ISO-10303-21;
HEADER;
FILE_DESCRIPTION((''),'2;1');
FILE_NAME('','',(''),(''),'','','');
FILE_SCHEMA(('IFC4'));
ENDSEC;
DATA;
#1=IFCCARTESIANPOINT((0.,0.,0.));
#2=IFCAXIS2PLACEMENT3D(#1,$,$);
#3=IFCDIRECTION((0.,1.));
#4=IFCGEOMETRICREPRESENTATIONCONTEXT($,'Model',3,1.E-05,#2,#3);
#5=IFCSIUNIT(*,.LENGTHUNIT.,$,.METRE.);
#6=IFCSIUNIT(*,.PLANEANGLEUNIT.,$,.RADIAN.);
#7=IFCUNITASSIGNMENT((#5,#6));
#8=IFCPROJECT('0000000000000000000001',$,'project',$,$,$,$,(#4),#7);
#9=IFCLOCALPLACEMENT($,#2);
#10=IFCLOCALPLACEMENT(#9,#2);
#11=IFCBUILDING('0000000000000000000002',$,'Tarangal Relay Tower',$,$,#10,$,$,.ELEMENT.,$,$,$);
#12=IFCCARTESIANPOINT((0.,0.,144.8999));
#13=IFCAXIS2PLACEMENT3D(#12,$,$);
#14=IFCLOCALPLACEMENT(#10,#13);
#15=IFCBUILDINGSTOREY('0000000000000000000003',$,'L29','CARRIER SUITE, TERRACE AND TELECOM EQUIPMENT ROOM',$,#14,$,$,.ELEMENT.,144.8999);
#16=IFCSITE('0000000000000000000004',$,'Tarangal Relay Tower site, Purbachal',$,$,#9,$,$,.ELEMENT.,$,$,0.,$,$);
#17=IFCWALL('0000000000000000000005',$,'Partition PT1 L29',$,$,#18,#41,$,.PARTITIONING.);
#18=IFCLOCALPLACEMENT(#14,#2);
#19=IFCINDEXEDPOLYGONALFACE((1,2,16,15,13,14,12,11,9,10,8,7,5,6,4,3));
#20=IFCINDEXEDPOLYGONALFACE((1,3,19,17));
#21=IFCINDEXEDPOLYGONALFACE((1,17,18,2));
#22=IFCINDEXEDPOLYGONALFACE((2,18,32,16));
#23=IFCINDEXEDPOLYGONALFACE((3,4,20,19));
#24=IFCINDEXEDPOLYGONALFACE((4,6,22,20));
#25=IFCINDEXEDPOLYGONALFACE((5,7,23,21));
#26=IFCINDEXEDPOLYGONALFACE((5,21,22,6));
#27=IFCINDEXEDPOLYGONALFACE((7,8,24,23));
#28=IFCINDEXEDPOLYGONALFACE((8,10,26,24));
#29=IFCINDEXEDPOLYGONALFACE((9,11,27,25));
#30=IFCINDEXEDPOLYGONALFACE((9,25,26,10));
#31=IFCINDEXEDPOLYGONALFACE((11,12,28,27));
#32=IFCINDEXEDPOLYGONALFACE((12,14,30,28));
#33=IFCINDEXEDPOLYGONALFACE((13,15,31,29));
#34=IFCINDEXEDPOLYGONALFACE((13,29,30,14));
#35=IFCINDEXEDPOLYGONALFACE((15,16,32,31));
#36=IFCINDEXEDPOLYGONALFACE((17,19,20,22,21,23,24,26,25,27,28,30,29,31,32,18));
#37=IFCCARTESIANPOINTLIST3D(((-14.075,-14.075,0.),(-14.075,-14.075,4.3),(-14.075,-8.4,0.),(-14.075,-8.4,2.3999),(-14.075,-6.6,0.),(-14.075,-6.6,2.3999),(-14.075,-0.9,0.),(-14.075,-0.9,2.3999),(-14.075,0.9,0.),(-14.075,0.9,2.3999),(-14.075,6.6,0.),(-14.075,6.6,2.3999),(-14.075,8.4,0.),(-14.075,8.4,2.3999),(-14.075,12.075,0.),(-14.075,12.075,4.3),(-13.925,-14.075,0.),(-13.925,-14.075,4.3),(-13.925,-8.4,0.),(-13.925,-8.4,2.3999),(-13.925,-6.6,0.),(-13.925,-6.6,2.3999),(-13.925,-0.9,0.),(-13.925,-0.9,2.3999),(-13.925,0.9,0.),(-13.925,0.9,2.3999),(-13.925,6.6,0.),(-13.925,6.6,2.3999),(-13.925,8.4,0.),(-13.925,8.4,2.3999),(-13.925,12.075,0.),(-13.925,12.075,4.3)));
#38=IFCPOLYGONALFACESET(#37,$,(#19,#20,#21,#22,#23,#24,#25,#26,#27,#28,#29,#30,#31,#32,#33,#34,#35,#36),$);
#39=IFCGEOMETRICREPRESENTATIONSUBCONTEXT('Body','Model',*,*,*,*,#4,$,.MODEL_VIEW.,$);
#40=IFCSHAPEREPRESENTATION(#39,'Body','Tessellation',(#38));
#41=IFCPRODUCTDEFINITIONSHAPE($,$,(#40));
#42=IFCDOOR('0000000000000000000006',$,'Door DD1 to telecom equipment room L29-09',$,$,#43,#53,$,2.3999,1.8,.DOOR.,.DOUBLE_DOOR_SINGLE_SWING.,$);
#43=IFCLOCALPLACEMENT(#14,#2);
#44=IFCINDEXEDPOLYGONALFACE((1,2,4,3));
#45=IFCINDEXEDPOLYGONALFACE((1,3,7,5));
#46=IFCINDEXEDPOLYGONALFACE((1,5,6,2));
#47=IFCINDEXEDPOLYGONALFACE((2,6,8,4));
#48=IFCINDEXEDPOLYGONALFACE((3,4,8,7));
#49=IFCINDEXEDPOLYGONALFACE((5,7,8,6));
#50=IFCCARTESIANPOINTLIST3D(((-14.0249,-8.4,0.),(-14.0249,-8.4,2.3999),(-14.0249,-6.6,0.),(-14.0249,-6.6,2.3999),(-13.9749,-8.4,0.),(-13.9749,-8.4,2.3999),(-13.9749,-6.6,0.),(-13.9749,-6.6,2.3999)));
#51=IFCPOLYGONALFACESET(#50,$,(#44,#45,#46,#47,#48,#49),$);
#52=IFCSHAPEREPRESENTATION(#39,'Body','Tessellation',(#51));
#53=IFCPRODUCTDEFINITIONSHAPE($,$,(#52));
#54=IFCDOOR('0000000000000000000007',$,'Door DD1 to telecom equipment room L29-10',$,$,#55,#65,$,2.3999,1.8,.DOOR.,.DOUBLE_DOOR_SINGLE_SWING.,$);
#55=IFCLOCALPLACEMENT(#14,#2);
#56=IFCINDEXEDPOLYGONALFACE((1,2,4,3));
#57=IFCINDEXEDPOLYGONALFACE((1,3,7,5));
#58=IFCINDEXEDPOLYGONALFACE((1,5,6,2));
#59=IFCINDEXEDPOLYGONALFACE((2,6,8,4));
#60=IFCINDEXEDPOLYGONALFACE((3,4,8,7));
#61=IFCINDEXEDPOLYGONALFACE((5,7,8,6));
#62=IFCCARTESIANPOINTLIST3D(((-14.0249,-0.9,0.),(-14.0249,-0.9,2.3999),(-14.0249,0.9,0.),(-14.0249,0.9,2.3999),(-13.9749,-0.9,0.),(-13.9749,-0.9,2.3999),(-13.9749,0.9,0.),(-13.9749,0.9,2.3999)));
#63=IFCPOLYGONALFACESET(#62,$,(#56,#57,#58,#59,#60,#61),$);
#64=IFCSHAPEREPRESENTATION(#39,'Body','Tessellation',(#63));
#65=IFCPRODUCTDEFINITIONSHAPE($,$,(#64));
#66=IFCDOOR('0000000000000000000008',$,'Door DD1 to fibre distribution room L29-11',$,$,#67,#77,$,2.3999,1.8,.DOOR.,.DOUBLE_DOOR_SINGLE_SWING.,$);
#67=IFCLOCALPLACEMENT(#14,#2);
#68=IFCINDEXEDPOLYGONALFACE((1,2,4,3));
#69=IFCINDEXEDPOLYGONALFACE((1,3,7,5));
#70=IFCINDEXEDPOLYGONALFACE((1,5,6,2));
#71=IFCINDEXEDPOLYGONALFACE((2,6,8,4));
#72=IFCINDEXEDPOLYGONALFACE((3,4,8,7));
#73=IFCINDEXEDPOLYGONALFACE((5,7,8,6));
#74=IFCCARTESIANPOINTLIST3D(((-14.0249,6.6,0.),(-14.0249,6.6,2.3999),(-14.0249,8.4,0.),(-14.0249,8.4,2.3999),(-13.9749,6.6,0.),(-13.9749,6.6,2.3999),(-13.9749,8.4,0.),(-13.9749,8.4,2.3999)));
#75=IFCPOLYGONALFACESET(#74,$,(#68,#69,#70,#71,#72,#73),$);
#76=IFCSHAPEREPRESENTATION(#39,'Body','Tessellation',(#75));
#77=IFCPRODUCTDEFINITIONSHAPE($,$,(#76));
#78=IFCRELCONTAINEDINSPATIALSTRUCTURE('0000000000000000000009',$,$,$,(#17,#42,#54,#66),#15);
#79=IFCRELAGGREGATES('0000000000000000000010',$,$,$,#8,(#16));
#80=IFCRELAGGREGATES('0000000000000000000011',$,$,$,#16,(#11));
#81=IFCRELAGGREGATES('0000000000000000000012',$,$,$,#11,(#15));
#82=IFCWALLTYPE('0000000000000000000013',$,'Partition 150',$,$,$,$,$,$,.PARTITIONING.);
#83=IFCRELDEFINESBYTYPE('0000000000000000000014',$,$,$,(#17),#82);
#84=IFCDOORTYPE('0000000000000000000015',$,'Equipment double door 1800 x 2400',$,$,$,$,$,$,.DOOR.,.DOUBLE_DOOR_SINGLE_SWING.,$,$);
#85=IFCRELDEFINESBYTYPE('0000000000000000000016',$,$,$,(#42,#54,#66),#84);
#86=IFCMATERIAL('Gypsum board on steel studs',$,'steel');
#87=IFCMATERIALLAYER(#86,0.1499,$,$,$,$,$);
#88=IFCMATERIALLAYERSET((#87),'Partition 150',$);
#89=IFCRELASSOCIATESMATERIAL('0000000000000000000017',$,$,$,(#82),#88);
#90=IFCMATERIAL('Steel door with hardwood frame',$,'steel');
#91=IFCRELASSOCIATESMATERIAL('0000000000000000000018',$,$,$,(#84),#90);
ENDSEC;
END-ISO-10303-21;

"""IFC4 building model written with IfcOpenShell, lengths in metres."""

from ifc_helpers import new_model, si_unit, direction, frame, frame_2d, origin, place, context, subcontext, project, spatial, rectangle, extrude, material, layer, layer_set, type_object, element, fill, save


model = new_model("IFC4")

# Units and contexts
model_context = context("Model", 3, precision=1e-05, world=origin(), true_north=direction((0.0, 1.0)))
body_context = subcontext(model_context, "Body", "Model", "MODEL_VIEW")
ifc_project = project(units=[si_unit("LENGTHUNIT", "METRE"), si_unit("PLANEANGLEUNIT", "RADIAN")], contexts=[model_context])

# Site, building, storey
site_placement = place(None, origin())
site = spatial("IfcSite", under=ifc_project, at=site_placement, Name="Tarangal Relay Tower site, Purbachal", CompositionType="ELEMENT", RefElevation=0.0)
building_placement = place(site_placement, origin())
building = spatial("IfcBuilding", under=site, at=building_placement, Name="Tarangal Relay Tower", CompositionType="ELEMENT")
storey_placement = place(building_placement, frame((0.0, 0.0, 144.8999)))
storey = spatial("IfcBuildingStorey", under=building, at=storey_placement, Name="L29", Description="CARRIER SUITE, TERRACE AND TELECOM EQUIPMENT ROOM", CompositionType="ELEMENT", Elevation=144.8999)

# Wall, openings, doors
ifc_material_1 = material(Name="Gypsum board on steel studs", Category="steel")
ifc_layer_1 = layer(ifc_material_1, 0.1499)
ifc_layer_set_1 = layer_set([ifc_layer_1], Name="Partition 150")
wall_type_1 = type_object("IfcWallType", Name="Partition 150", PredefinedType="PARTITIONING", material=ifc_layer_set_1)
ifc_material_2 = material(Name="Steel door with hardwood frame", Category="steel")
door_type_1 = type_object("IfcDoorType", Name="Equipment double door 1800 x 2400", OperationType="DOUBLE_DOOR_SINGLE_SWING", PredefinedType="DOOR", material=ifc_material_2)
wall_1_placement = place(storey_placement, frame((-14.0, -14.075, 0.0), z_axis=(0.0, 0.0, 1.0), x_axis=(0.0, 1.0, 0.0)))
wall_1 = element("IfcWall", 1, at=wall_1_placement, inside=storey, type_object=wall_type_1, Name="Partition PT1 L29", PredefinedType="PARTITIONING", context=body_context, shape_type="SweptSolid", body=[
    extrude(rectangle(XDim=26.1499, YDim=0.1499, at=frame_2d((13.075, 0.0))), origin(), (0.0, 0.0, 1.0), 4.3),
])
opening_1_placement = place(wall_1_placement, frame((5.675, 0.0, 0.0)))
opening_1 = element("IfcOpeningElement", 2, at=opening_1_placement, cuts=wall_1, PredefinedType="OPENING", context=body_context, shape_type="SweptSolid", body=[
    extrude(rectangle(XDim=1.8, YDim=2.3999, at=frame_2d((0.8999, 1.2))), frame((0.0, 0.085, 0.0), z_axis=(0.0, -1.0, 0.0), x_axis=(1.0, 0.0, 0.0)), (0.0, 0.0, 1.0), 0.1699),
])
opening_2_placement = place(wall_1_placement, frame((13.175, 0.0, 0.0)))
opening_2 = element("IfcOpeningElement", 3, at=opening_2_placement, cuts=wall_1, PredefinedType="OPENING", context=body_context, shape_type="SweptSolid", body=[
    extrude(rectangle(XDim=1.8, YDim=2.3999, at=frame_2d((0.8999, 1.2))), frame((0.0, 0.085, 0.0), z_axis=(0.0, -1.0, 0.0), x_axis=(1.0, 0.0, 0.0)), (0.0, 0.0, 1.0), 0.1699),
])
opening_3_placement = place(wall_1_placement, frame((20.675, 0.0, 0.0)))
opening_3 = element("IfcOpeningElement", 4, at=opening_3_placement, cuts=wall_1, PredefinedType="OPENING", context=body_context, shape_type="SweptSolid", body=[
    extrude(rectangle(XDim=1.8, YDim=2.3999, at=frame_2d((0.8999, 1.2))), frame((0.0, 0.085, 0.0), z_axis=(0.0, -1.0, 0.0), x_axis=(1.0, 0.0, 0.0)), (0.0, 0.0, 1.0), 0.1699),
])
door_1_placement = place(opening_1_placement, origin())
door_1 = element("IfcDoor", 5, at=door_1_placement, inside=storey, type_object=door_type_1, Name="Door DD1 to telecom equipment room L29-09", OperationType="DOUBLE_DOOR_SINGLE_SWING", OverallHeight=2.3999, OverallWidth=1.8, PredefinedType="DOOR", context=body_context, shape_type="SweptSolid", body=[
    extrude(rectangle(XDim=1.8, YDim=2.3999, at=frame_2d((0.8999, 1.2))), frame((0.0, 0.0249, 0.0), z_axis=(0.0, -1.0, 0.0), x_axis=(1.0, 0.0, 0.0)), (0.0, 0.0, 1.0), 0.05),
])
fill(opening_1, door_1)
door_2_placement = place(opening_2_placement, origin())
door_2 = element("IfcDoor", 6, at=door_2_placement, inside=storey, type_object=door_type_1, Name="Door DD1 to telecom equipment room L29-10", OperationType="DOUBLE_DOOR_SINGLE_SWING", OverallHeight=2.3999, OverallWidth=1.8, PredefinedType="DOOR", context=body_context, shape_type="SweptSolid", body=[
    extrude(rectangle(XDim=1.8, YDim=2.3999, at=frame_2d((0.8999, 1.2))), frame((0.0, 0.0249, 0.0), z_axis=(0.0, -1.0, 0.0), x_axis=(1.0, 0.0, 0.0)), (0.0, 0.0, 1.0), 0.05),
])
fill(opening_2, door_2)
door_3_placement = place(opening_3_placement, origin())
door_3 = element("IfcDoor", 7, at=door_3_placement, inside=storey, type_object=door_type_1, Name="Door DD1 to fibre distribution room L29-11", OperationType="DOUBLE_DOOR_SINGLE_SWING", OverallHeight=2.3999, OverallWidth=1.8, PredefinedType="DOOR", context=body_context, shape_type="SweptSolid", body=[
    extrude(rectangle(XDim=1.8, YDim=2.3999, at=frame_2d((0.8999, 1.2))), frame((0.0, 0.0249, 0.0), z_axis=(0.0, -1.0, 0.0), x_axis=(1.0, 0.0, 0.0)), (0.0, 0.0, 1.0), 0.05),
])
fill(opening_3, door_3)

save(model, "model.ifc")
